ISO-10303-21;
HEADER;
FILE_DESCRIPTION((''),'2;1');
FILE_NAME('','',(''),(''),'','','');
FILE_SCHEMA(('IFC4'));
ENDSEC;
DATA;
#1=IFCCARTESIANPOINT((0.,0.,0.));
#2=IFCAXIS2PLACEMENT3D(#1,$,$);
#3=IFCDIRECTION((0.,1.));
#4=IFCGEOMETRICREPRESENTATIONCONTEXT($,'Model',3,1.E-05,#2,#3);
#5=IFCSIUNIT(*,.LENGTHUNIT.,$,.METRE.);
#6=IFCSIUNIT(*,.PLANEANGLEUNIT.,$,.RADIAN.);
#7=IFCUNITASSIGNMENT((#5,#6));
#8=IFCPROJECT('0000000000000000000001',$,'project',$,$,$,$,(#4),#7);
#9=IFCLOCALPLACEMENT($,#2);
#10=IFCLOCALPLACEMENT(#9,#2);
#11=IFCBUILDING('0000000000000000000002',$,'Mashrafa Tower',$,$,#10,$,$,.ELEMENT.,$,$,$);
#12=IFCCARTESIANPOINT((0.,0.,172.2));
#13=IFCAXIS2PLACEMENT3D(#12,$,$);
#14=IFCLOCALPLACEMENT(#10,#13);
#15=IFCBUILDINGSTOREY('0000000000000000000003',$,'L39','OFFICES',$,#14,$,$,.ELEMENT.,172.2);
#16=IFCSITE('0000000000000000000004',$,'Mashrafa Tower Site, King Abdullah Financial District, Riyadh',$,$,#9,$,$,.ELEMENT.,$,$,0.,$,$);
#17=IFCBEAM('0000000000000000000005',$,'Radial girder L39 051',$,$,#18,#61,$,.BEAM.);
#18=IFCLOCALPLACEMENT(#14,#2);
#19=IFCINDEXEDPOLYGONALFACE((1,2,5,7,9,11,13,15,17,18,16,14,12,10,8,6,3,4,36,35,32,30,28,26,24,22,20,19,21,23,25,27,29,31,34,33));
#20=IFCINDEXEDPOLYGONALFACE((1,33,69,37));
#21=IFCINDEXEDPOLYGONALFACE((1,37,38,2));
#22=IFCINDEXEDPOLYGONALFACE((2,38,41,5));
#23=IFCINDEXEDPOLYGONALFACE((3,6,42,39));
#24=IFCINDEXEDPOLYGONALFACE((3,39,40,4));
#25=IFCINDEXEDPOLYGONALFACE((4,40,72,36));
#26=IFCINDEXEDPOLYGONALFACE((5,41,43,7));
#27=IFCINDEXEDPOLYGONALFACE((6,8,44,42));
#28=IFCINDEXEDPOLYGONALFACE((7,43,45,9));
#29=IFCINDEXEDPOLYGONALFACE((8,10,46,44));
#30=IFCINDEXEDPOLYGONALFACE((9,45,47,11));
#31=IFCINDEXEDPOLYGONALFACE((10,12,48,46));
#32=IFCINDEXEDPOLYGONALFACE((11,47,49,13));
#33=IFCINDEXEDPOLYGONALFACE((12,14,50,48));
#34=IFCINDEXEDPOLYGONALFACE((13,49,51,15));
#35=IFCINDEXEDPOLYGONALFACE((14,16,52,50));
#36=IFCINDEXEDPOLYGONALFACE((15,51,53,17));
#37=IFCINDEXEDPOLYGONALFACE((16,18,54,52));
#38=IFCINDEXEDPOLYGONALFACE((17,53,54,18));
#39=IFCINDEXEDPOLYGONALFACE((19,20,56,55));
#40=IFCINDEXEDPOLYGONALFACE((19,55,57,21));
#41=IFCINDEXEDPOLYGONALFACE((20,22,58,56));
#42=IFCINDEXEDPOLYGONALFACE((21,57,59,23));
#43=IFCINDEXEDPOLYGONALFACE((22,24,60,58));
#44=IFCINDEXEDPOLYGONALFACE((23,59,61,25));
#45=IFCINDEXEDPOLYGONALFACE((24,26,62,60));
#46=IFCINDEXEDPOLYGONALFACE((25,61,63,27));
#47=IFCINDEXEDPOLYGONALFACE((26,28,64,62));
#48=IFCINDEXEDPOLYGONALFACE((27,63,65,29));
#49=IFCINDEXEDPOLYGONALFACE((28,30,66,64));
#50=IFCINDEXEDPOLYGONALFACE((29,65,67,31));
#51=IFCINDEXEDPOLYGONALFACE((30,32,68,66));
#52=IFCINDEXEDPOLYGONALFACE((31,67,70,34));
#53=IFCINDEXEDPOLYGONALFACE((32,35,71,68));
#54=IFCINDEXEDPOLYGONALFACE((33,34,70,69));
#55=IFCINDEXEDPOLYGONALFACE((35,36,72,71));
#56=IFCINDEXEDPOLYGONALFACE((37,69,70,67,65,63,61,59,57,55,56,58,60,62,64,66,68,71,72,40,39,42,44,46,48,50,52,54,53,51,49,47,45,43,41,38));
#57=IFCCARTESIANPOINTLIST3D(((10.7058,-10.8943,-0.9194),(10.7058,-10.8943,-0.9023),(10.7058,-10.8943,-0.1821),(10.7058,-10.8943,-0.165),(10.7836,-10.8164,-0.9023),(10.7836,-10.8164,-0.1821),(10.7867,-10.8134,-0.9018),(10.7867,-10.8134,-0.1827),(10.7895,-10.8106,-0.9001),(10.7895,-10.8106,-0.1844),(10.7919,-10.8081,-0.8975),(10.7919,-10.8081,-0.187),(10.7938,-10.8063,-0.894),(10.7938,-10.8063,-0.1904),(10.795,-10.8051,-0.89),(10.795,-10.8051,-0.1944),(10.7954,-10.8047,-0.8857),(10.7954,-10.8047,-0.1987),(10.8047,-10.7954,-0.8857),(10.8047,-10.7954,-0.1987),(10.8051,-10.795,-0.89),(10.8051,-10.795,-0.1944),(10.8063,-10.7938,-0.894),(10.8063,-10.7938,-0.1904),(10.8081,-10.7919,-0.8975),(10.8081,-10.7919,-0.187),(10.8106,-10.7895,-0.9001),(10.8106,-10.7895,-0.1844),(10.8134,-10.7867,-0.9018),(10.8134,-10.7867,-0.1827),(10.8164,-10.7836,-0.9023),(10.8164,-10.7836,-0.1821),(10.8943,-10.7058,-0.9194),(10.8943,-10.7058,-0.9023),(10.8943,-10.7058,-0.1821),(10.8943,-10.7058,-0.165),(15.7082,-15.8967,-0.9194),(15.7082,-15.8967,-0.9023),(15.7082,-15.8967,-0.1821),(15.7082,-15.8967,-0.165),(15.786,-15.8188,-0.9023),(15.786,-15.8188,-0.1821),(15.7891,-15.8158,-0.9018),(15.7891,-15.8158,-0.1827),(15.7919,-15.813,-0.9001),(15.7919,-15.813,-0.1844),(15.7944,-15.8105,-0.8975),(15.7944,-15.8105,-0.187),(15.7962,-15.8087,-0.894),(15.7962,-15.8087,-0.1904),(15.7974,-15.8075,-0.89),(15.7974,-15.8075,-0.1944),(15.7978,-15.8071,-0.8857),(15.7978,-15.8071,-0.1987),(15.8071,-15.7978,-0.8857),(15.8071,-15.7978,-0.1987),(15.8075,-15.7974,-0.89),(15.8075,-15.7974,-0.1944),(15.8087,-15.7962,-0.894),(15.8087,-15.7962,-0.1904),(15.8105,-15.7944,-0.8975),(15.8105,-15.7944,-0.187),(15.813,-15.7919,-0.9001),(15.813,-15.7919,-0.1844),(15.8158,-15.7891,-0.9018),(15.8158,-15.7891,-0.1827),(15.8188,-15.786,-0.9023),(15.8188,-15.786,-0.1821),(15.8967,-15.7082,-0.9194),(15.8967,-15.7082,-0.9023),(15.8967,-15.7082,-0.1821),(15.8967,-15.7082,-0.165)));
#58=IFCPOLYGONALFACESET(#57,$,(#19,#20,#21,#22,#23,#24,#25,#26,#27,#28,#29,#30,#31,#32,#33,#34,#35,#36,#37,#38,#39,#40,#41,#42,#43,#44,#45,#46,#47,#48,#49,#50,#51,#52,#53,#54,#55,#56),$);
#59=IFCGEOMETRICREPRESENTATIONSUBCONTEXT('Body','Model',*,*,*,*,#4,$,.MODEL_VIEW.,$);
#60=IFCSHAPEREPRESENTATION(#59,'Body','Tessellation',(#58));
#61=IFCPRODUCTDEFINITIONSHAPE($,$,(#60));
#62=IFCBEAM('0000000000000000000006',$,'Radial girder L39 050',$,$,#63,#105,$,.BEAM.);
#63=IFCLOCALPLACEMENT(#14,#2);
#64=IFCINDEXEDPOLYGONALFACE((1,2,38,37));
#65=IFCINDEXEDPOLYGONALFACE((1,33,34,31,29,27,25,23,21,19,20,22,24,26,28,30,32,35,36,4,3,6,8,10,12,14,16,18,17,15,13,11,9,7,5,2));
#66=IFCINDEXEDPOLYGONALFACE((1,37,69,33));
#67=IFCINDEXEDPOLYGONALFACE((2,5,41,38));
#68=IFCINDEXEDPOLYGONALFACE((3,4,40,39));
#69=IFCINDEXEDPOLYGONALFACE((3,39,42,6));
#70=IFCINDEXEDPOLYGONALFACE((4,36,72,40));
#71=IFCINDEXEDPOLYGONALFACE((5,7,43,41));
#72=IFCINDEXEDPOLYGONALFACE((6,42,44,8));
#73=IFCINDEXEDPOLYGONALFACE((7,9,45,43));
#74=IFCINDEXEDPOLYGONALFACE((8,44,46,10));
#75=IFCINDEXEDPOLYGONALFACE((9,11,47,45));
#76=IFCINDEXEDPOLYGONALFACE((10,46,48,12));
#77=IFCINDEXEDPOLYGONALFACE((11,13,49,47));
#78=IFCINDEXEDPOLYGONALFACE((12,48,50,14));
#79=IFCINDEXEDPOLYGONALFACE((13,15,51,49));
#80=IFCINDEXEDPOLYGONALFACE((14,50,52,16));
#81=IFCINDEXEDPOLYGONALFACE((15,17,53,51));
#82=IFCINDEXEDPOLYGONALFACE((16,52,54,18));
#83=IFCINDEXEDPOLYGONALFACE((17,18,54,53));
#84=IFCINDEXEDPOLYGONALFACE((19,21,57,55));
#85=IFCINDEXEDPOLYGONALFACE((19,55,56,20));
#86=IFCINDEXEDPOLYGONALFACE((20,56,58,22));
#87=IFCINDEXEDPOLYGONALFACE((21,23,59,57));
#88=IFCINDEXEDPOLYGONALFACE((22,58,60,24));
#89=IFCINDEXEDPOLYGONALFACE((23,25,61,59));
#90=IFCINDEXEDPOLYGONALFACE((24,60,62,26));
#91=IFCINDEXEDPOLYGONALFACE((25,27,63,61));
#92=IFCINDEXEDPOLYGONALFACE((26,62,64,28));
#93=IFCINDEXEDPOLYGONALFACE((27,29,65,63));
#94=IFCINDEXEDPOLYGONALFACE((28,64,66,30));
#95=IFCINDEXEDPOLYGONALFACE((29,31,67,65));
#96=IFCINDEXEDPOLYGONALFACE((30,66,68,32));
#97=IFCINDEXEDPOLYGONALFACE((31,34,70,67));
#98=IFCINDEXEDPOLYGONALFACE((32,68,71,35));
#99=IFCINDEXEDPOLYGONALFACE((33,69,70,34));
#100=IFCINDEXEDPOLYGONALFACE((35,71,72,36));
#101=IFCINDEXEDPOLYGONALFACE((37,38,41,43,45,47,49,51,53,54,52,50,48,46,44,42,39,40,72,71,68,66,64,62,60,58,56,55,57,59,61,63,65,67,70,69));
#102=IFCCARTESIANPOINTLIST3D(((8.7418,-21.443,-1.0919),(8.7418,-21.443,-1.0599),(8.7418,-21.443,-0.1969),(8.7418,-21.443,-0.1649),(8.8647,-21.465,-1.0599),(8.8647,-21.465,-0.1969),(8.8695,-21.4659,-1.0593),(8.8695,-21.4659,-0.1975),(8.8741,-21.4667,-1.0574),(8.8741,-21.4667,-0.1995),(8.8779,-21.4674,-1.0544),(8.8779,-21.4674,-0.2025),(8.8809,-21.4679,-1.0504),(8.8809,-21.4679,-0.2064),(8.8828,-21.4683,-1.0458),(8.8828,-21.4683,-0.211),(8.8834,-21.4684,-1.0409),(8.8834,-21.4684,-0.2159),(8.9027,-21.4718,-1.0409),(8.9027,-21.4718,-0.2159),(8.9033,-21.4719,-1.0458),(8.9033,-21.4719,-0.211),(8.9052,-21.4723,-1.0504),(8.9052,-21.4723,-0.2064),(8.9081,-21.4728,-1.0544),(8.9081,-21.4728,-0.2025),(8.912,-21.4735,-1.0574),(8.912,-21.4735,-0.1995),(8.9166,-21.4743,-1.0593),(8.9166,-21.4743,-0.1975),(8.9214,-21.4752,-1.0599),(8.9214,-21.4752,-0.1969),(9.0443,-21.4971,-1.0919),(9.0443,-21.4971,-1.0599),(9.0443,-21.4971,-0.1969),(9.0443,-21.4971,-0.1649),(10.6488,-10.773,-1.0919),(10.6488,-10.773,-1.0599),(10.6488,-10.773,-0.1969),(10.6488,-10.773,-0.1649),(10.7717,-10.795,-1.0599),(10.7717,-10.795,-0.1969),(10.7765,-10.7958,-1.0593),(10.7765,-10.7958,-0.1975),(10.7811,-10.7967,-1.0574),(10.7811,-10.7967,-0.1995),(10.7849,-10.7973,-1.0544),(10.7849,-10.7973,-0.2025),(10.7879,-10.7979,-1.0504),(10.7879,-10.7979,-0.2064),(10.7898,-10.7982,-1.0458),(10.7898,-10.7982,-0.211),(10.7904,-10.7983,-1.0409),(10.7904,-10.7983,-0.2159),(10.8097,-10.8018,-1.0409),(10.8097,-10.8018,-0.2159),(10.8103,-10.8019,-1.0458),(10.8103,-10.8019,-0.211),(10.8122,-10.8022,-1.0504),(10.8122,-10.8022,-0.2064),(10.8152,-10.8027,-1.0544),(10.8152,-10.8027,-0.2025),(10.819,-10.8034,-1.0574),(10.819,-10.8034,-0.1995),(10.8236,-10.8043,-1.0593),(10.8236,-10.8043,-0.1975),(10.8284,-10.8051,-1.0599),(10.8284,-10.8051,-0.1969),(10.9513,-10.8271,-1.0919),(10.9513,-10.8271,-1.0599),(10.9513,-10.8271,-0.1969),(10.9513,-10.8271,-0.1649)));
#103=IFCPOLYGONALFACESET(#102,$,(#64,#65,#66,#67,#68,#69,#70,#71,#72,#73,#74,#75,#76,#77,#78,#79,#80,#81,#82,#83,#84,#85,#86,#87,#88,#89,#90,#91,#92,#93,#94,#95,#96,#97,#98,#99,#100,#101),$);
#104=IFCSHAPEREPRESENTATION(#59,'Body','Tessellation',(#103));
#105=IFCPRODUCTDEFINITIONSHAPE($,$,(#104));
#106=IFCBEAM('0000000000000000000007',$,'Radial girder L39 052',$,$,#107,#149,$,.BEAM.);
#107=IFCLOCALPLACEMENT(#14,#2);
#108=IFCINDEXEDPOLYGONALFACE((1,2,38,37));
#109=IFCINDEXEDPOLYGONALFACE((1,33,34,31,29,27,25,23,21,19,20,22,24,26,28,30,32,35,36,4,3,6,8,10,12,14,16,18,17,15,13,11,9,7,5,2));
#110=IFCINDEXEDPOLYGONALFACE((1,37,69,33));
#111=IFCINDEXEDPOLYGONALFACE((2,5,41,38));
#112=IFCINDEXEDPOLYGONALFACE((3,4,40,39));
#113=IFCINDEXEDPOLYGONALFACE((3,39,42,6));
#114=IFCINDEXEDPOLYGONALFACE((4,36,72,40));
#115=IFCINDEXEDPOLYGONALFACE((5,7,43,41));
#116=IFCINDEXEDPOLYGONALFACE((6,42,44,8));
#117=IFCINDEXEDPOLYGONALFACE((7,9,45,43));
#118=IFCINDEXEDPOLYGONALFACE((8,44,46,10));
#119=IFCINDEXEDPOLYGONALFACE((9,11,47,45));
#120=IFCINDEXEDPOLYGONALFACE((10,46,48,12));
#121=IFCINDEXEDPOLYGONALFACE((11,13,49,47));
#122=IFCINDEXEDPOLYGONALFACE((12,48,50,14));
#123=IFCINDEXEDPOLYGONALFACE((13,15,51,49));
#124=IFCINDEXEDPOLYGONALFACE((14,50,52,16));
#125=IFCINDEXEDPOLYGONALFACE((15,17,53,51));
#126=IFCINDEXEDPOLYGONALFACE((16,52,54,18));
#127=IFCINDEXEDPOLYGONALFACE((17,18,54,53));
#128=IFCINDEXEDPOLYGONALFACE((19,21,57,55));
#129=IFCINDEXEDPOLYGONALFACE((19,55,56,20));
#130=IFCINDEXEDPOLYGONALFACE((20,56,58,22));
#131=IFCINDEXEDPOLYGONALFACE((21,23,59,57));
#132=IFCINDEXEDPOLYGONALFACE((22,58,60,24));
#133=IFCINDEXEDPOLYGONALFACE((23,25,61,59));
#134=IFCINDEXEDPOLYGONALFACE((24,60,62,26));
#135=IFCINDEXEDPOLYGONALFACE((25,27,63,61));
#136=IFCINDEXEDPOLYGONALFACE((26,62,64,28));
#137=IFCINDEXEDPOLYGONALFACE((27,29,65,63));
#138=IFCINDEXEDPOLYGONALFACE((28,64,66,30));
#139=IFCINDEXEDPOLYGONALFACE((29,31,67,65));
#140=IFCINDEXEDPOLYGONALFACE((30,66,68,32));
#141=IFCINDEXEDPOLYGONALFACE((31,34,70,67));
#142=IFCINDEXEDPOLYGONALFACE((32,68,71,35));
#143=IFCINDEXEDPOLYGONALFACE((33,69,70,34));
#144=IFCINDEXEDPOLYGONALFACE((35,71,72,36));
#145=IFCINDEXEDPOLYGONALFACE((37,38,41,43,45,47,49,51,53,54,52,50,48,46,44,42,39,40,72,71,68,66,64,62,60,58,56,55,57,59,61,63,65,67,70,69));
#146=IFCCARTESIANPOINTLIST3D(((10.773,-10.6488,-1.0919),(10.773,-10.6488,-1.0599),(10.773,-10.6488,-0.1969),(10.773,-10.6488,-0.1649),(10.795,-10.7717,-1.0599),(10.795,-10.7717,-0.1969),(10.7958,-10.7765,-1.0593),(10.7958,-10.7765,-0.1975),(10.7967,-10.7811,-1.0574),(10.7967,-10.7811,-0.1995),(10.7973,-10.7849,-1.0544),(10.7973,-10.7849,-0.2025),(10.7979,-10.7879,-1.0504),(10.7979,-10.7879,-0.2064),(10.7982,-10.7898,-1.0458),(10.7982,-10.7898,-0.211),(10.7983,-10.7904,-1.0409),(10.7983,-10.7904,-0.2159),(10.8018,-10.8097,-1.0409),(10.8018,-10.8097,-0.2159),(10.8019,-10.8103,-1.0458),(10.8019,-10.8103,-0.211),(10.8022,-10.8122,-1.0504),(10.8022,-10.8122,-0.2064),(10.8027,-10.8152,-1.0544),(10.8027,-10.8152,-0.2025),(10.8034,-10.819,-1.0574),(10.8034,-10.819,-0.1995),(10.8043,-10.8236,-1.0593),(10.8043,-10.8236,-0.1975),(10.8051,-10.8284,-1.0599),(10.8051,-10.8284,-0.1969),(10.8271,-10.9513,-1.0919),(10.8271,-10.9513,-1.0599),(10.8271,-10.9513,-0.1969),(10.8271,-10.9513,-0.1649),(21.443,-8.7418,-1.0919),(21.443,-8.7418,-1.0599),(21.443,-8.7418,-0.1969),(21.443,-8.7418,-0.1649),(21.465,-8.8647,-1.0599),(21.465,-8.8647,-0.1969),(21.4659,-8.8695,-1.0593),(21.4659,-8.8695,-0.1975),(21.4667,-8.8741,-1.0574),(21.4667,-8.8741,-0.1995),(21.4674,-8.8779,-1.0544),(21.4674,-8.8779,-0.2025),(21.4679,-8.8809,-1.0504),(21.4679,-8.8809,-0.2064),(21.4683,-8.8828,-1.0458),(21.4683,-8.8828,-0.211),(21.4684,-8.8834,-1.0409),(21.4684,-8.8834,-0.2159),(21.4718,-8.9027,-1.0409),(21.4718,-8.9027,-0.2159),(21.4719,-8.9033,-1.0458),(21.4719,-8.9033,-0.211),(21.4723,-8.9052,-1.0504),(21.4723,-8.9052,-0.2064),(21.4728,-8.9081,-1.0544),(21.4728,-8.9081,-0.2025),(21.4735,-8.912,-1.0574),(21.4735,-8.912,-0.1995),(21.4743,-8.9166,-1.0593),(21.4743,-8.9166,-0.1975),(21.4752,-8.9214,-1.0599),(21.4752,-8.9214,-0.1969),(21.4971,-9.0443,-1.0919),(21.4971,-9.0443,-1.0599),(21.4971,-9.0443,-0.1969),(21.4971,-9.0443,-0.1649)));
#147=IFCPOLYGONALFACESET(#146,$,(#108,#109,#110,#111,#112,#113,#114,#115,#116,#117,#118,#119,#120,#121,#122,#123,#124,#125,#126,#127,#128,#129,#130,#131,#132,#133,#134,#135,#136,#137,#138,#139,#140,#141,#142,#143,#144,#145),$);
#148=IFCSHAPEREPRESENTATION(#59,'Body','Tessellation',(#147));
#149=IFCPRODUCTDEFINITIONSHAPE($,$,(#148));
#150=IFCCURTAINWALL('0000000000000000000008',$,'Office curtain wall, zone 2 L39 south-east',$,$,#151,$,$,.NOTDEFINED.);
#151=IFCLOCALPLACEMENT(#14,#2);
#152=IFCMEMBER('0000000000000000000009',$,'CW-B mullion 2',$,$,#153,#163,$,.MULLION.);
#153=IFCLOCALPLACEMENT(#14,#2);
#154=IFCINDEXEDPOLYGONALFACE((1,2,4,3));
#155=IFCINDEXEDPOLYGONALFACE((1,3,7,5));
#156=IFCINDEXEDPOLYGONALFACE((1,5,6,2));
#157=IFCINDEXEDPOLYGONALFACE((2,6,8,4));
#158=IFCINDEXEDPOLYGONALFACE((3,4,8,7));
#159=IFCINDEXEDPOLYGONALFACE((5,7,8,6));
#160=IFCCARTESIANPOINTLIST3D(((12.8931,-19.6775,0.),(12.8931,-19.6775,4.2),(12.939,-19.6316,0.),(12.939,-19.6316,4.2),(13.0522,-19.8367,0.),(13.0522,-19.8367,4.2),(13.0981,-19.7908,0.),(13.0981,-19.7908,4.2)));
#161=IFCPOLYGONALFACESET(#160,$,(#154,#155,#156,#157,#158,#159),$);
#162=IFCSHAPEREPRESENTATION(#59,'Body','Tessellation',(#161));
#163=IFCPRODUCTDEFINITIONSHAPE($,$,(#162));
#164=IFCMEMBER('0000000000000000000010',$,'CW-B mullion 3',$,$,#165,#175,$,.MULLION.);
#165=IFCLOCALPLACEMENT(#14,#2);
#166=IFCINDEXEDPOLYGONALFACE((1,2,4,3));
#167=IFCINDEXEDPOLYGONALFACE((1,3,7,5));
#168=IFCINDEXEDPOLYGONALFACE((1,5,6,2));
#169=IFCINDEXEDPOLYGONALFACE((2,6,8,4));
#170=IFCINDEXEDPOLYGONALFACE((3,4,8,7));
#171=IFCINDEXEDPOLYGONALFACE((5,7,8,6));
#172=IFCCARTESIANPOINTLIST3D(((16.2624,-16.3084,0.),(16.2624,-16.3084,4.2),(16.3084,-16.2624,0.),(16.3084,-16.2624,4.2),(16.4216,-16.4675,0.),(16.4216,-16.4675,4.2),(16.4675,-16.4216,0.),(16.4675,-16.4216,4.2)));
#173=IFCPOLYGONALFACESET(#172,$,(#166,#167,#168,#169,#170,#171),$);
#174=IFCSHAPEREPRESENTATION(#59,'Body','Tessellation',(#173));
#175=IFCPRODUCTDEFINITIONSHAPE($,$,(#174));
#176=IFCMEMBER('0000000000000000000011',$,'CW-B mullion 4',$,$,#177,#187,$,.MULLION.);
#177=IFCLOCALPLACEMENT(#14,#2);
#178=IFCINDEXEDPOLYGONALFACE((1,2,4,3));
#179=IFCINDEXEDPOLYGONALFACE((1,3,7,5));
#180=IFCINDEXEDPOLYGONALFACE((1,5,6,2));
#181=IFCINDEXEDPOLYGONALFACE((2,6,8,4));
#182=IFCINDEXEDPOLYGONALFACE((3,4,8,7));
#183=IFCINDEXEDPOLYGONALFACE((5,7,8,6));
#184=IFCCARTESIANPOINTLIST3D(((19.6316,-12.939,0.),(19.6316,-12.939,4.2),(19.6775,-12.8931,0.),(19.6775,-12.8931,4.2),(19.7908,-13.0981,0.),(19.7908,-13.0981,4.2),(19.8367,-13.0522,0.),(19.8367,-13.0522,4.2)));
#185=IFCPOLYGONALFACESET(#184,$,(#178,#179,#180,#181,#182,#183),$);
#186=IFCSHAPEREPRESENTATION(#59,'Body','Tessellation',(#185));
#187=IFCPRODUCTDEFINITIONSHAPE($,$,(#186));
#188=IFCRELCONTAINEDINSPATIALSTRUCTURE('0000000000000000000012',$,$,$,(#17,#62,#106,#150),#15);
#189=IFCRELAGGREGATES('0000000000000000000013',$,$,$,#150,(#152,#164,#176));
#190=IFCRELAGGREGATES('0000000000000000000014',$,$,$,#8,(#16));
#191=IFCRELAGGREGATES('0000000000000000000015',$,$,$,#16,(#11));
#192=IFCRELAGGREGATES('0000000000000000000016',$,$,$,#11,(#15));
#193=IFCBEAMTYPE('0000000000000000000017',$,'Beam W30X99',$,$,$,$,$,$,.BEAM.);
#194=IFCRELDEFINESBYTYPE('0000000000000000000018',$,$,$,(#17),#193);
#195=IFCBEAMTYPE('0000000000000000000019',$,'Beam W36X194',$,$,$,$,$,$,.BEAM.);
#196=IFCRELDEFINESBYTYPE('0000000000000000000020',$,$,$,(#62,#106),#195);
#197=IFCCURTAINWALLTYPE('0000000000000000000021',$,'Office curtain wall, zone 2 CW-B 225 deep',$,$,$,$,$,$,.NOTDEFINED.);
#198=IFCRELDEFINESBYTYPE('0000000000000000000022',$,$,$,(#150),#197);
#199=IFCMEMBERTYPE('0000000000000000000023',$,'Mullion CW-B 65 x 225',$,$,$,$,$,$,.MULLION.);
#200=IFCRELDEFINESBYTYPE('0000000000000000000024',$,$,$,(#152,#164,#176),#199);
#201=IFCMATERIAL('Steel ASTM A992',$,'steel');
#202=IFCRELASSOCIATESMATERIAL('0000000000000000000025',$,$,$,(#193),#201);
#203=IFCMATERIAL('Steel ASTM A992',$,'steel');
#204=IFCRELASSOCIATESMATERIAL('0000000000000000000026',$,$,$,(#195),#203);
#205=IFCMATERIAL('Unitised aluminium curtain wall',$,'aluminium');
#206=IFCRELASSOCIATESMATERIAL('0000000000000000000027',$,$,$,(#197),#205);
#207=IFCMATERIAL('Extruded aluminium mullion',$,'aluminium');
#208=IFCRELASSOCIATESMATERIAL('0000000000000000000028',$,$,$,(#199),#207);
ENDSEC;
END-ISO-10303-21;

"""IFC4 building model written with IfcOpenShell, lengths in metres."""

from ifc_helpers import new_model, si_unit, direction, frame, origin, origin_2d, place, context, subcontext, project, spatial, rectangle, i_section, extrude, source, transform, mapped, material, material_profile, profile_set, type_object, type_shapes, element, aggregate, save


model = new_model("IFC4")

# Units and contexts
model_context = context("Model", 3, precision=1e-05, world=origin(), true_north=direction((0.0, 1.0)))
body_context = subcontext(model_context, "Body", "Model", "MODEL_VIEW")
ifc_project = project(units=[si_unit("LENGTHUNIT", "METRE"), si_unit("PLANEANGLEUNIT", "RADIAN")], contexts=[model_context])

# Site, building, storey
site_placement = place(None, origin())
site = spatial("IfcSite", under=ifc_project, at=site_placement, Name="Mashrafa Tower Site, King Abdullah Financial District, Riyadh", CompositionType="ELEMENT", RefElevation=0.0)
building_placement = place(site_placement, origin())
building = spatial("IfcBuilding", under=site, at=building_placement, Name="Mashrafa Tower", CompositionType="ELEMENT")
storey_placement = place(building_placement, frame((0.0, 0.0, 172.2)))
storey = spatial("IfcBuildingStorey", under=building, at=storey_placement, Name="L39", Description="OFFICES", CompositionType="ELEMENT", Elevation=172.2)

# Beams
ifc_material_1 = material(Name="Steel ASTM A992", Category="steel")
ifc_material_profile_1 = material_profile(ifc_material_1, i_section(OverallWidth=0.2666, OverallDepth=0.7544, WebThickness=0.0132, FlangeThickness=0.0171, FilletRadius=0.0166, at=origin_2d()), Name="W30X99")
ifc_profile_set_1 = profile_set([ifc_material_profile_1], Name="Steel ASTM A992")
beam_type_1 = type_object("IfcBeamType", Name="Beam W30X99", PredefinedType="BEAM", material=ifc_profile_set_1)
beam_1_placement = place(storey_placement, frame((10.8, -10.8, -0.5422), z_axis=(0.707107, -0.707107, 0.0), x_axis=(0.707107, 0.707107, 0.0)))
element("IfcBeam", 1, at=beam_1_placement, inside=storey, type_object=beam_type_1, Name="Radial girder L39 051", PredefinedType="BEAM", context=body_context, shape_type="SweptSolid", body=[
    extrude(i_section(OverallWidth=0.2666, OverallDepth=0.7544, WebThickness=0.0132, FlangeThickness=0.0171, FilletRadius=0.0166, at=origin_2d()), origin(), (0.0, 0.0, 1.0), 7.0745),
])
ifc_material_2 = material(Name="Steel ASTM A992", Category="steel")
ifc_material_profile_2 = material_profile(ifc_material_2, i_section(OverallWidth=0.3074, OverallDepth=0.927, WebThickness=0.0195, FlangeThickness=0.032, FilletRadius=0.019, at=origin_2d()), Name="W36X194")
ifc_profile_set_2 = profile_set([ifc_material_profile_2], Name="Steel ASTM A992")
beam_type_2 = type_object("IfcBeamType", Name="Beam W36X194", PredefinedType="BEAM", material=ifc_profile_set_2)
for number, where, z_axis, x_axis, name in (
    (2, (10.8, -10.8, -0.6284), (-0.175937, -0.984401, 0.0), (0.984401, -0.175937, 0.0), "Radial girder L39 050"),
    (3, (10.8, -10.8, -0.6284), (0.984401, 0.175937, 0.0), (-0.175937, 0.984401, 0.0), "Radial girder L39 052"),
):
    element("IfcBeam", number, at=place(storey_placement, frame(where, z_axis=z_axis, x_axis=x_axis)), inside=storey, type_object=beam_type_2, Name=name, PredefinedType="BEAM", context=body_context, shape_type="SweptSolid", body=[
        extrude(i_section(OverallWidth=0.3074, OverallDepth=0.927, WebThickness=0.0195, FlangeThickness=0.032, FilletRadius=0.019, at=origin_2d()), origin(), (0.0, 0.0, 1.0), 10.8391),
    ])

# Curtain wall, members
ifc_material_3 = material(Name="Unitised aluminium curtain wall", Category="aluminium")
curtain_wall_type = type_object("IfcCurtainWallType", Name="Office curtain wall, zone 2 CW-B 225 deep", PredefinedType="NOTDEFINED", material=ifc_material_3)
curtain_wall_placement = place(storey_placement, origin())
curtain_wall = element("IfcCurtainWall", 4, at=curtain_wall_placement, inside=storey, type_object=curtain_wall_type, Name="Office curtain wall, zone 2 L39 south-east", PredefinedType="NOTDEFINED")
ifc_material_4 = material(Name="Extruded aluminium mullion", Category="aluminium")
ifc_material_profile_3 = material_profile(ifc_material_4, rectangle(XDim=0.2251, YDim=0.0649, at=origin_2d()), Name="Mullion 65x225")
ifc_profile_set_3 = profile_set([ifc_material_profile_3], Name="Extruded aluminium mullion")
member_type_1 = type_object("IfcMemberType", Name="Mullion CW-B 65 x 225", PredefinedType="MULLION", material=ifc_profile_set_3)
shared_shape_1 = source(origin(), body_context, "Body", "SweptSolid", [
    extrude(rectangle(XDim=0.2251, YDim=0.0649, at=origin_2d()), origin(), (0.0, 0.0, 1.0), 4.2),
])
type_shapes(member_type_1, [shared_shape_1])
member_1_placement = place(storey_placement, frame((12.9956, -19.7341, 0.0), z_axis=(0.0, 0.0, 1.0), x_axis=(-0.707107, 0.707107, 0.0)))
member_1 = element("IfcMember", 5, at=member_1_placement, type_object=member_type_1, Name="CW-B mullion 2", PredefinedType="MULLION", context=body_context, shape_type="MappedRepresentation", body=[
    mapped(shared_shape_1, transform((0.0, 0.0, 0.0))),
])
member_2_placement = place(storey_placement, frame((16.365, -16.365, 0.0), z_axis=(0.0, 0.0, 1.0), x_axis=(-0.707107, 0.707107, 0.0)))
member_2 = element("IfcMember", 6, at=member_2_placement, type_object=member_type_1, Name="CW-B mullion 3", PredefinedType="MULLION", context=body_context, shape_type="MappedRepresentation", body=[
    mapped(shared_shape_1, transform((0.0, 0.0, 0.0))),
])
member_3_placement = place(storey_placement, frame((19.7341, -12.9956, 0.0), z_axis=(0.0, 0.0, 1.0), x_axis=(-0.707107, 0.707107, 0.0)))
member_3 = element("IfcMember", 7, at=member_3_placement, type_object=member_type_1, Name="CW-B mullion 4", PredefinedType="MULLION", context=body_context, shape_type="MappedRepresentation", body=[
    mapped(shared_shape_1, transform((0.0, 0.0, 0.0))),
])
aggregate(curtain_wall, [member_1, member_2, member_3])

save(model, "model.ifc")
